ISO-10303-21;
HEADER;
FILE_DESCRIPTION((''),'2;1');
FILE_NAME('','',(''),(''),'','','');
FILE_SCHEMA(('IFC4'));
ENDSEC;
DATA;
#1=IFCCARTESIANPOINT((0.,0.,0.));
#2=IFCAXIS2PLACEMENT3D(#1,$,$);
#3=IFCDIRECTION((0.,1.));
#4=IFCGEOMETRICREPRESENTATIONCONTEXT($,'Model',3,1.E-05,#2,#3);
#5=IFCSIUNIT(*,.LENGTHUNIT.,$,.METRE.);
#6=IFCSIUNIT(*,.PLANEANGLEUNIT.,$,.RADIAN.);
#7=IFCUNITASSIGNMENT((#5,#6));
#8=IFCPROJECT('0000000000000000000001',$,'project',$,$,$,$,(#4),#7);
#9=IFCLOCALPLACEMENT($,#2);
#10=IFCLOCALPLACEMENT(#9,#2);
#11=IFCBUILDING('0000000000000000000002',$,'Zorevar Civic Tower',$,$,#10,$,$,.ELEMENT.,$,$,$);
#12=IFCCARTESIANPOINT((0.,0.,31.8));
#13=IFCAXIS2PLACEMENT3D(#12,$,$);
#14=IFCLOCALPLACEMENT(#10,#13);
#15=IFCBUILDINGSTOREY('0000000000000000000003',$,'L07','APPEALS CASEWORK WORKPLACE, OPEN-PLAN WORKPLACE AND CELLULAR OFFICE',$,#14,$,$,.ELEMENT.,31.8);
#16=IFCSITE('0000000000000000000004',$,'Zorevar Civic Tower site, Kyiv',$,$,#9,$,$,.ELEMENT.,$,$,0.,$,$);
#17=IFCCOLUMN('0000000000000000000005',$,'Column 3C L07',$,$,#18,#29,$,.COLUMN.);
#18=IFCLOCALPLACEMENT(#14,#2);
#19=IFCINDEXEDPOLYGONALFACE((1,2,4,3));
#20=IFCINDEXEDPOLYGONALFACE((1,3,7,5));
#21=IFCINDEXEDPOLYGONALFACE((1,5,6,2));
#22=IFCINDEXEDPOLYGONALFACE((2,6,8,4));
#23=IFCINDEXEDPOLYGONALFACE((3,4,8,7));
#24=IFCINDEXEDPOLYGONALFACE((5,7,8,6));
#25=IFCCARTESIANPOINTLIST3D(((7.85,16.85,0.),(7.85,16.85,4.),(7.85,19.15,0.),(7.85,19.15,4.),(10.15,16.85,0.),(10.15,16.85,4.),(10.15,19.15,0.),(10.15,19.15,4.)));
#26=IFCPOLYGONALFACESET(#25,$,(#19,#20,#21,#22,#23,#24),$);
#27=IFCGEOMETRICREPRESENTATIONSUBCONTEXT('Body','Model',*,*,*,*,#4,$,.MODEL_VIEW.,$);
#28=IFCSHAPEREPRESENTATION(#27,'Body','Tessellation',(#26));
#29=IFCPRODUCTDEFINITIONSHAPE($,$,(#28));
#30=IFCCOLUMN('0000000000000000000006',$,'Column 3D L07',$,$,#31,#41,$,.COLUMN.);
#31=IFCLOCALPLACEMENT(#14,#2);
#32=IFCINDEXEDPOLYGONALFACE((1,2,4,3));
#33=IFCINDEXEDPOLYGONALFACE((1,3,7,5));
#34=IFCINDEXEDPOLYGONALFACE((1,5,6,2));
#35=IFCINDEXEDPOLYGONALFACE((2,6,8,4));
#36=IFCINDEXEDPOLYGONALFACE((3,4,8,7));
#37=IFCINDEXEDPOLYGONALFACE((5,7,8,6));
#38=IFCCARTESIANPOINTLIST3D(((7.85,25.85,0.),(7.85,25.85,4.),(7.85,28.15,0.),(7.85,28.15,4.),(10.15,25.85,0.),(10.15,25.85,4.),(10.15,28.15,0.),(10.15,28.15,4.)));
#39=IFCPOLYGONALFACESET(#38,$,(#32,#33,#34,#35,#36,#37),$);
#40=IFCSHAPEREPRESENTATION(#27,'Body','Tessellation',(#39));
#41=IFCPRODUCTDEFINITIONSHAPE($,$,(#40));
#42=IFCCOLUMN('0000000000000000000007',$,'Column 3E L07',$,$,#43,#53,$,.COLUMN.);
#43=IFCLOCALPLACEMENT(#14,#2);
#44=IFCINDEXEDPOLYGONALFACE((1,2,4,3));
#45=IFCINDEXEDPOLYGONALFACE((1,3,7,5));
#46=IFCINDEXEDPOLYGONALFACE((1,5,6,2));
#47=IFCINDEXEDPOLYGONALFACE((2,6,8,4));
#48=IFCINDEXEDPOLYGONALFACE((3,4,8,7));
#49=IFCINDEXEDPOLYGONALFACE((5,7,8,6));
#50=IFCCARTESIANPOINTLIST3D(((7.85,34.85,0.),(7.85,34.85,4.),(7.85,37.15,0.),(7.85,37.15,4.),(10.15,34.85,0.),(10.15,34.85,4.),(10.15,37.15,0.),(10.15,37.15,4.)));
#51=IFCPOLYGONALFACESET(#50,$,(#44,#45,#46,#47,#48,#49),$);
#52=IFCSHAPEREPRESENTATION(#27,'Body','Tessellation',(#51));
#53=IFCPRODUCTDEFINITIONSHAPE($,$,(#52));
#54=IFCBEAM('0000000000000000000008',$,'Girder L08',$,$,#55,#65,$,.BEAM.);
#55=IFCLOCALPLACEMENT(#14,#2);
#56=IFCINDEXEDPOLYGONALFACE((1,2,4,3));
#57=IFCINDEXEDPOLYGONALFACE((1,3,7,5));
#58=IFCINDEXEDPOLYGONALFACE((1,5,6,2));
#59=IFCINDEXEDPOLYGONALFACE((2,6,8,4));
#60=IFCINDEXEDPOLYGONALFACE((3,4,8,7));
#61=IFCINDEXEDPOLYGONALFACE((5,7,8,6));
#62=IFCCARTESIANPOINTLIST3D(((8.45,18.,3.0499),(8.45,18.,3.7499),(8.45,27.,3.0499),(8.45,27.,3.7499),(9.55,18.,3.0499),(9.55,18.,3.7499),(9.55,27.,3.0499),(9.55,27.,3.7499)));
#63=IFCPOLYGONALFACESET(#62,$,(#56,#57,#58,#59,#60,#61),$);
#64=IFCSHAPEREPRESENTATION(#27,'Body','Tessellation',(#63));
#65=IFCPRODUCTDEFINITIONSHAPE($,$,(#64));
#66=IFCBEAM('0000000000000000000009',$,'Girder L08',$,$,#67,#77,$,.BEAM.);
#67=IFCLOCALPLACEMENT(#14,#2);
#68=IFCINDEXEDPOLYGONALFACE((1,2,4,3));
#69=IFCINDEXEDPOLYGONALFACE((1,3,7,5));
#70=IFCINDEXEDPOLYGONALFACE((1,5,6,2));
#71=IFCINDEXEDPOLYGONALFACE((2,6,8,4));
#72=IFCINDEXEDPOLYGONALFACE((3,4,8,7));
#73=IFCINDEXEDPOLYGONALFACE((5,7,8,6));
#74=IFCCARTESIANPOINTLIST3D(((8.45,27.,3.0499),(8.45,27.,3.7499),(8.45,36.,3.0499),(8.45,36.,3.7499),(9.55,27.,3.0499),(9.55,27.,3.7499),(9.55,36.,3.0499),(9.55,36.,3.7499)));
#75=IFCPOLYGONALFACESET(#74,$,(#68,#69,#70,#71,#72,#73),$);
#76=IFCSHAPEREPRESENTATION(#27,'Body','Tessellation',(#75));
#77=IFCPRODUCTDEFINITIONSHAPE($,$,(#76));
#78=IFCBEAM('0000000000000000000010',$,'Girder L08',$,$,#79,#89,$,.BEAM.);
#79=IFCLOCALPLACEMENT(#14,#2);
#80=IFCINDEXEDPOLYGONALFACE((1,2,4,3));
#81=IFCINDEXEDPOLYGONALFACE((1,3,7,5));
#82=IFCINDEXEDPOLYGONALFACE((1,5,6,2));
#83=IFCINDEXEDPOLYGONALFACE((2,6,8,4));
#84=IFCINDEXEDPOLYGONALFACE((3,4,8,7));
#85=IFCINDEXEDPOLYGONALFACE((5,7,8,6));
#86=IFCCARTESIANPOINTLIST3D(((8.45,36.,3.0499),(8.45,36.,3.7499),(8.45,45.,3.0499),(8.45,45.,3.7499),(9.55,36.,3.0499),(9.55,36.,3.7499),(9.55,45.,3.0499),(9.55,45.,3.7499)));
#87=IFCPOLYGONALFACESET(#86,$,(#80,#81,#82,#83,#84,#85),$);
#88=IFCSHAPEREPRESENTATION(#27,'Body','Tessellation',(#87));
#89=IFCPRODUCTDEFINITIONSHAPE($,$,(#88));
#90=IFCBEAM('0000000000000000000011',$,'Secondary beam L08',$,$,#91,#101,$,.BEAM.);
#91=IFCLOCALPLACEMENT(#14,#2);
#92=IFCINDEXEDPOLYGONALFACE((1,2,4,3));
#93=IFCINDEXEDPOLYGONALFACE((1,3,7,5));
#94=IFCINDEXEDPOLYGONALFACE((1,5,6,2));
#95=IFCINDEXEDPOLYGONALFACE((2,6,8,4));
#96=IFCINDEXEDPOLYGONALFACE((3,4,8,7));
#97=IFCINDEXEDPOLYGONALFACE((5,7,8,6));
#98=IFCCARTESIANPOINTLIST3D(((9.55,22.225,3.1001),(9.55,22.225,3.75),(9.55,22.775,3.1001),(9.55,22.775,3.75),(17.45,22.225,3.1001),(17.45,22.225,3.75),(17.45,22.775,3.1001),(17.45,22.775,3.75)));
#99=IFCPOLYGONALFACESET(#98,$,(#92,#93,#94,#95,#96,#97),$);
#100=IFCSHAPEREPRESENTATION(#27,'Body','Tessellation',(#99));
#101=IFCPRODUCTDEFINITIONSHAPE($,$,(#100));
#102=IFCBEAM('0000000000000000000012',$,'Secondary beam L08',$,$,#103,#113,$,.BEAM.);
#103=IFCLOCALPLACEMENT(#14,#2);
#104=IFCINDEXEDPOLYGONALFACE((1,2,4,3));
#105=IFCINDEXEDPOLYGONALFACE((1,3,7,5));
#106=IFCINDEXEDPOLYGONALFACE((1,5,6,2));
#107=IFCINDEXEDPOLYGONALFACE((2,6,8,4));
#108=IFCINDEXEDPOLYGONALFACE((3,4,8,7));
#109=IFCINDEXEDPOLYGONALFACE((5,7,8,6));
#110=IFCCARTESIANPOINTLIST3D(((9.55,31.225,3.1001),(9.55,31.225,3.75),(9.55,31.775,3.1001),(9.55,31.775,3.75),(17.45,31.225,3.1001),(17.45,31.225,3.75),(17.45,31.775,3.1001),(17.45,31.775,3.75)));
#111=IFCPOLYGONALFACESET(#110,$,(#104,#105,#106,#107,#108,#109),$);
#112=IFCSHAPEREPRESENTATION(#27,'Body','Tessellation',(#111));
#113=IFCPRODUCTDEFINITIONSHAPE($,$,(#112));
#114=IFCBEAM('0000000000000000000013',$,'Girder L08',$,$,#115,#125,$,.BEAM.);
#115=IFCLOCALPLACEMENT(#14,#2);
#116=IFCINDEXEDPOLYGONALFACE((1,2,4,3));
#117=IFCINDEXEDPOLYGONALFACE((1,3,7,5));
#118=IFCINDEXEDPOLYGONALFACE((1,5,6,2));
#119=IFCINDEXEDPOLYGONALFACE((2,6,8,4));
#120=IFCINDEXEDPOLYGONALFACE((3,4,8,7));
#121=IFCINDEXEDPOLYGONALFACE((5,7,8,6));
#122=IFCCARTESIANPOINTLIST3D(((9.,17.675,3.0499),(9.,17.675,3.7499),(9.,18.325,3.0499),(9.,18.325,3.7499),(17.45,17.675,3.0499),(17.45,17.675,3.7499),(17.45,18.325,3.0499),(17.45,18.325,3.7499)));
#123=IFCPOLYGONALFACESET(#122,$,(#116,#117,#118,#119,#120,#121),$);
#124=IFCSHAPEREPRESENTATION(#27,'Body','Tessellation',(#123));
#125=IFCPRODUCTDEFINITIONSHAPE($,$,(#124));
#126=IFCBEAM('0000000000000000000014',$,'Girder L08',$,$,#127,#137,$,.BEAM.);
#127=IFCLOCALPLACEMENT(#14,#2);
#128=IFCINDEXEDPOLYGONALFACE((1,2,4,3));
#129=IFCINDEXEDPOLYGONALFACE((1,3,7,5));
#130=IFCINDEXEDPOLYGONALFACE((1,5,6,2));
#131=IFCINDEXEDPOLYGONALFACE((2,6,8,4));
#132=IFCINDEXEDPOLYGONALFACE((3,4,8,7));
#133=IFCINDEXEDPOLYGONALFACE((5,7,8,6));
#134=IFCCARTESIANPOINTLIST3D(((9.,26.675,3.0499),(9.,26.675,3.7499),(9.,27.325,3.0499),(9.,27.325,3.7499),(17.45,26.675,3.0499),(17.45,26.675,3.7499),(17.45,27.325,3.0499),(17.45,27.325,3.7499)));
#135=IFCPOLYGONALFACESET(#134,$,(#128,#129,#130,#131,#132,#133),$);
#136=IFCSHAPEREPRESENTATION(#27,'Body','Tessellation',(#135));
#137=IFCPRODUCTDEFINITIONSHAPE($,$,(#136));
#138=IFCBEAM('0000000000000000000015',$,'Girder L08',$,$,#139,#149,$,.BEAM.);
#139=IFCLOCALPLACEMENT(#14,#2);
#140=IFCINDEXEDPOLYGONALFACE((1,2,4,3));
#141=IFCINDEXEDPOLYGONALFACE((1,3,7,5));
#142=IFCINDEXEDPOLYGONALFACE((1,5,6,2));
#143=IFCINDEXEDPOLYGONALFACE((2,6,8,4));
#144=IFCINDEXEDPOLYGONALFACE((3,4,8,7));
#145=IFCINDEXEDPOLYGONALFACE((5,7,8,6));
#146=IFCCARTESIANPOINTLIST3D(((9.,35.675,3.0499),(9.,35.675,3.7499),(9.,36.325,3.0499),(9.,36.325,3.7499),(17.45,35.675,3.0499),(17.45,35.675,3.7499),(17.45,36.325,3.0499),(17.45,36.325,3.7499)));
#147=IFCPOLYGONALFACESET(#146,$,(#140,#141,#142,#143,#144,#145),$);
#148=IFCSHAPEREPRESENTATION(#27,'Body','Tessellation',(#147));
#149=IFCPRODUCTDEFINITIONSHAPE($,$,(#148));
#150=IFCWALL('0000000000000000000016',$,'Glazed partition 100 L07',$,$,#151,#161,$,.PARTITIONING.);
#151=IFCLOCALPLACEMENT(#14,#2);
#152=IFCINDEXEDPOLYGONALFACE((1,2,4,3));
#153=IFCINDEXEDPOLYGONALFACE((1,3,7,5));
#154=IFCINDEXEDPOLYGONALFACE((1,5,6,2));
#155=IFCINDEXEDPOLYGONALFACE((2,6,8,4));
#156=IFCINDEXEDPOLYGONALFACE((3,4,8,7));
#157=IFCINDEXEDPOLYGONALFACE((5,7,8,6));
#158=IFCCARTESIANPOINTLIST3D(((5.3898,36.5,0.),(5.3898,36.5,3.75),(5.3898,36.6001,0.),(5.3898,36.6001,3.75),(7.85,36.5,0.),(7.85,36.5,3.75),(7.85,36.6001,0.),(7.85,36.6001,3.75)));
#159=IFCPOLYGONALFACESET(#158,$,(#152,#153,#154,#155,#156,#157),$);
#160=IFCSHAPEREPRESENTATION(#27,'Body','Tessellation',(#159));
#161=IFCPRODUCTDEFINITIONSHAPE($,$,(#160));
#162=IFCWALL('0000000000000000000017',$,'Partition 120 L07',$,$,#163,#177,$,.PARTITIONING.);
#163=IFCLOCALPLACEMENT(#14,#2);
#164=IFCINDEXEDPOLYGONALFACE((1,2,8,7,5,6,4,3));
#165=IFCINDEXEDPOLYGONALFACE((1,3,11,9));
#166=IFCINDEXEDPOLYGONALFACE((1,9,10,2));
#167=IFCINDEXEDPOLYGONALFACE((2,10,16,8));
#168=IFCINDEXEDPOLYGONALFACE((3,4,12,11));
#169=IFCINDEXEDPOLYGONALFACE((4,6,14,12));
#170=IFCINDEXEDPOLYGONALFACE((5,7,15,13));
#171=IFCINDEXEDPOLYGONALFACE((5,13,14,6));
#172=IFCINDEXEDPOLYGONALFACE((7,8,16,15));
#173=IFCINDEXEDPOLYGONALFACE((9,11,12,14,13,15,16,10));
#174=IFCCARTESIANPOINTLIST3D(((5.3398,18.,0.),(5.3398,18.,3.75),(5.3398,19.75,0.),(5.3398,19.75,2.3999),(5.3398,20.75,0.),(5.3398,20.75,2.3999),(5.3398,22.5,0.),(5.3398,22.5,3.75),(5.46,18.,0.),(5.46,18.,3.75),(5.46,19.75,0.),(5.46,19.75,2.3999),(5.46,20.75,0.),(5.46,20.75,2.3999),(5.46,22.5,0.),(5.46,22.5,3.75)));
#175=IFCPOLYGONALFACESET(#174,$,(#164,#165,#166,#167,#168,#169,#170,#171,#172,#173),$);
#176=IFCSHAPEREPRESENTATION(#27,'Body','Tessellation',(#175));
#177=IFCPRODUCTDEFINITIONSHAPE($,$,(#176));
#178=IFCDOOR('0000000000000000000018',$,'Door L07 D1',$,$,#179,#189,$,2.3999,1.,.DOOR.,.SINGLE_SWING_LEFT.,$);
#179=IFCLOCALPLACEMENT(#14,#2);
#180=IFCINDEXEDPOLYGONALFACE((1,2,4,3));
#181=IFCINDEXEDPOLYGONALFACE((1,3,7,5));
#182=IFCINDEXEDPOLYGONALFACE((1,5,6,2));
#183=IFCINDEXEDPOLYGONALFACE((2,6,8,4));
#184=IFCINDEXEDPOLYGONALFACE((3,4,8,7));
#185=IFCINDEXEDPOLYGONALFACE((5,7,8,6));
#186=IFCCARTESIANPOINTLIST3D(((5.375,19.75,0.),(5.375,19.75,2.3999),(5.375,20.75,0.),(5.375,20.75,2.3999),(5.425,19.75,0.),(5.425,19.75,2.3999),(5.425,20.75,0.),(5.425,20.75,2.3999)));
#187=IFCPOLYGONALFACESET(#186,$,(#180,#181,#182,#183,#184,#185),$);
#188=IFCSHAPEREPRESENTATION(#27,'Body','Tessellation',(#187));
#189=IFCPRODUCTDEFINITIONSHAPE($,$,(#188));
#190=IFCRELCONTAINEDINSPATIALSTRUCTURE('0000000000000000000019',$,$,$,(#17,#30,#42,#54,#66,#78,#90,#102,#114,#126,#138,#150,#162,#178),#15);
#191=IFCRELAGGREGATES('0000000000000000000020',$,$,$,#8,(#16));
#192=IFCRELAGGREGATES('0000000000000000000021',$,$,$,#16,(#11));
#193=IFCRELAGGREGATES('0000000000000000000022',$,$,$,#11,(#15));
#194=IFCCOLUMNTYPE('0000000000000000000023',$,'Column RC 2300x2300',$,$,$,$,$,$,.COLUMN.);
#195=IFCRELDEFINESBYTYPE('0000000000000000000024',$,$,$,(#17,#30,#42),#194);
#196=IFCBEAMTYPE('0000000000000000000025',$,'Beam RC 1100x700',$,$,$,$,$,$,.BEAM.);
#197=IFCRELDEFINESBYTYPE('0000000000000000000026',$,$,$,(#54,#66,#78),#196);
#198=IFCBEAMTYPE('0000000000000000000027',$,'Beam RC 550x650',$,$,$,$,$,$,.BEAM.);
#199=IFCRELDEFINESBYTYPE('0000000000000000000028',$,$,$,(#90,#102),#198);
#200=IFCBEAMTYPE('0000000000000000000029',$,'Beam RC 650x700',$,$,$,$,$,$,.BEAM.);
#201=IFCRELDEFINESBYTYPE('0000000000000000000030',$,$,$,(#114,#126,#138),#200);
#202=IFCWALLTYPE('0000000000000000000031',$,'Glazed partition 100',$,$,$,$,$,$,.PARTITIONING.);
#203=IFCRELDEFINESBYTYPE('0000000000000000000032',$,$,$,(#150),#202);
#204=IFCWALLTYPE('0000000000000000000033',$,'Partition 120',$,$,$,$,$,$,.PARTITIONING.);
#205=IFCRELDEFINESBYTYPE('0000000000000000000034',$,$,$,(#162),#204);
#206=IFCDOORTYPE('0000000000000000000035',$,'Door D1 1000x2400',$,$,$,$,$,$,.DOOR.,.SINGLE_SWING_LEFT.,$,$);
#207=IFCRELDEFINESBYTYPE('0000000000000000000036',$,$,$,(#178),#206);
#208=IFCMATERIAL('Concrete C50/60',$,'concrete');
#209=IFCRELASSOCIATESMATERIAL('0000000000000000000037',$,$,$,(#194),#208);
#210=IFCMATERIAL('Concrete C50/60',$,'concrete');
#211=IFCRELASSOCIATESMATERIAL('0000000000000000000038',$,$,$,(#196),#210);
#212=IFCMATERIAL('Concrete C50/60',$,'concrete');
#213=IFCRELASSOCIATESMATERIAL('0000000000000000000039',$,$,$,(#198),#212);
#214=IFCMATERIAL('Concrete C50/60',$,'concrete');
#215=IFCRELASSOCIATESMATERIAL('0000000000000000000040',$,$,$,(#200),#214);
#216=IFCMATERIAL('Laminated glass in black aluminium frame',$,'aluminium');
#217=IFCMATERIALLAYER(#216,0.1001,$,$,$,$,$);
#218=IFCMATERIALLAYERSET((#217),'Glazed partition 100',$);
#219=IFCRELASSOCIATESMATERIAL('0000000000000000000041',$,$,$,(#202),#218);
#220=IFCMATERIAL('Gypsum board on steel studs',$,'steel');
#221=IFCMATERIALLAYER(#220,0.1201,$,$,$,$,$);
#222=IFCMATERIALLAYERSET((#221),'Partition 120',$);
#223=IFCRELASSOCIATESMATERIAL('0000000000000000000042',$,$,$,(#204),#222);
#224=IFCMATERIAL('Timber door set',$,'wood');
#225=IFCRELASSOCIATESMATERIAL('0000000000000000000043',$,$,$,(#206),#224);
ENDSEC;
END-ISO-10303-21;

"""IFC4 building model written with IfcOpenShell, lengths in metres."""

from ifc_helpers import new_model, si_unit, direction, frame, frame_2d, origin, origin_2d, place, context, subcontext, project, spatial, rectangle, extrude, material, layer, layer_set, material_profile, profile_set, type_object, element, fill, save


model = new_model("IFC4")

# Units and contexts
model_context = context("Model", 3, precision=1e-05, world=origin(), true_north=direction((0.0, 1.0)))
body_context = subcontext(model_context, "Body", "Model", "MODEL_VIEW")
ifc_project = project(units=[si_unit("LENGTHUNIT", "METRE"), si_unit("PLANEANGLEUNIT", "RADIAN")], contexts=[model_context])

# Site, building, storey
site_placement = place(None, origin())
site = spatial("IfcSite", under=ifc_project, at=site_placement, Name="Zorevar Civic Tower site, Kyiv", CompositionType="ELEMENT", RefElevation=0.0)
building_placement = place(site_placement, origin())
building = spatial("IfcBuilding", under=site, at=building_placement, Name="Zorevar Civic Tower", CompositionType="ELEMENT")
storey_placement = place(building_placement, frame((0.0, 0.0, 31.8)))
storey = spatial("IfcBuildingStorey", under=building, at=storey_placement, Name="L07", Description="APPEALS CASEWORK WORKPLACE, OPEN-PLAN WORKPLACE AND CELLULAR OFFICE", CompositionType="ELEMENT", Elevation=31.8)

# Columns
ifc_material_1 = material(Name="Concrete C50/60", Category="concrete")
ifc_material_profile_1 = material_profile(ifc_material_1, rectangle(XDim=2.3, YDim=2.3, at=origin_2d()), Name="RC 2300x2300")
ifc_profile_set_1 = profile_set([ifc_material_profile_1], Name="Concrete C50/60")
column_type = type_object("IfcColumnType", Name="Column RC 2300x2300", PredefinedType="COLUMN", material=ifc_profile_set_1)
for number, where, z_axis, x_axis, name in (
    (1, (9.0, 18.0, 0.0), (0.0, 0.0, 1.0), (1.0, 0.0, 0.0), "Column 3C L07"),
    (2, (9.0, 27.0, 0.0), (0.0, 0.0, 1.0), (1.0, 0.0, 0.0), "Column 3D L07"),
    (3, (9.0, 36.0, 0.0), (0.0, 0.0, 1.0), (1.0, 0.0, 0.0), "Column 3E L07"),
):
    element("IfcColumn", number, at=place(storey_placement, frame(where, z_axis=z_axis, x_axis=x_axis)), inside=storey, type_object=column_type, Name=name, PredefinedType="COLUMN", context=body_context, shape_type="SweptSolid", body=[
        extrude(rectangle(XDim=2.3, YDim=2.3, at=origin_2d()), origin(), (0.0, 0.0, 1.0), 4.0),
    ])

# Beams
ifc_material_2 = material(Name="Concrete C50/60", Category="concrete")
ifc_material_profile_2 = material_profile(ifc_material_2, rectangle(XDim=1.1001, YDim=0.7, at=origin_2d()), Name="RC 1100x700")
ifc_profile_set_2 = profile_set([ifc_material_profile_2], Name="Concrete C50/60")
beam_type_1 = type_object("IfcBeamType", Name="Beam RC 1100x700", PredefinedType="BEAM", material=ifc_profile_set_2)
for number, where, z_axis, x_axis, name in (
    (4, (9.0, 18.0, 3.3999), (0.0, 1.0, 0.0), (-1.0, 0.0, 0.0), "Girder L08"),
    (5, (9.0, 27.0, 3.3999), (0.0, 1.0, 0.0), (-1.0, 0.0, 0.0), "Girder L08"),
    (6, (9.0, 36.0, 3.3999), (0.0, 1.0, 0.0), (-1.0, 0.0, 0.0), "Girder L08"),
):
    element("IfcBeam", number, at=place(storey_placement, frame(where, z_axis=z_axis, x_axis=x_axis)), inside=storey, type_object=beam_type_1, Name=name, PredefinedType="BEAM", context=body_context, shape_type="SweptSolid", body=[
        extrude(rectangle(XDim=1.1001, YDim=0.7, at=origin_2d()), origin(), (0.0, 0.0, 1.0), 9.0),
    ])
ifc_material_3 = material(Name="Concrete C50/60", Category="concrete")
ifc_material_profile_3 = material_profile(ifc_material_3, rectangle(XDim=0.55, YDim=0.6499, at=origin_2d()), Name="RC 550x650")
ifc_profile_set_3 = profile_set([ifc_material_profile_3], Name="Concrete C50/60")
beam_type_2 = type_object("IfcBeamType", Name="Beam RC 550x650", PredefinedType="BEAM", material=ifc_profile_set_3)
for number, where, z_axis, x_axis, name in (
    (7, (9.55, 22.5, 3.425), (1.0, 0.0, 0.0), (0.0, 1.0, 0.0), "Secondary beam L08"),
    (8, (9.55, 31.5, 3.425), (1.0, 0.0, 0.0), (0.0, 1.0, 0.0), "Secondary beam L08"),
):
    element("IfcBeam", number, at=place(storey_placement, frame(where, z_axis=z_axis, x_axis=x_axis)), inside=storey, type_object=beam_type_2, Name=name, PredefinedType="BEAM", context=body_context, shape_type="SweptSolid", body=[
        extrude(rectangle(XDim=0.55, YDim=0.6499, at=origin_2d()), origin(), (0.0, 0.0, 1.0), 7.8999),
    ])
ifc_material_4 = material(Name="Concrete C50/60", Category="concrete")
ifc_material_profile_4 = material_profile(ifc_material_4, rectangle(XDim=0.6499, YDim=0.7, at=origin_2d()), Name="RC 650x700")
ifc_profile_set_4 = profile_set([ifc_material_profile_4], Name="Concrete C50/60")
beam_type_3 = type_object("IfcBeamType", Name="Beam RC 650x700", PredefinedType="BEAM", material=ifc_profile_set_4)
for number, where, z_axis, x_axis, name in (
    (9, (9.0, 18.0, 3.3999), (1.0, 0.0, 0.0), (0.0, 1.0, 0.0), "Girder L08"),
    (10, (9.0, 27.0, 3.3999), (1.0, 0.0, 0.0), (0.0, 1.0, 0.0), "Girder L08"),
    (11, (9.0, 36.0, 3.3999), (1.0, 0.0, 0.0), (0.0, 1.0, 0.0), "Girder L08"),
):
    element("IfcBeam", number, at=place(storey_placement, frame(where, z_axis=z_axis, x_axis=x_axis)), inside=storey, type_object=beam_type_3, Name=name, PredefinedType="BEAM", context=body_context, shape_type="SweptSolid", body=[
        extrude(rectangle(XDim=0.6499, YDim=0.7, at=origin_2d()), origin(), (0.0, 0.0, 1.0), 8.45),
    ])

# Wall
ifc_material_5 = material(Name="Laminated glass in black aluminium frame", Category="aluminium")
ifc_layer_1 = layer(ifc_material_5, 0.1001)
ifc_layer_set_1 = layer_set([ifc_layer_1], Name="Glazed partition 100")
wall_type_1 = type_object("IfcWallType", Name="Glazed partition 100", PredefinedType="PARTITIONING", material=ifc_layer_set_1)
wall_1_placement = place(storey_placement, frame((5.3899, 36.55, 0.0), z_axis=(0.0, 0.0, 1.0), x_axis=(1.0, 0.0, 0.0)))
element("IfcWall", 12, at=wall_1_placement, inside=storey, type_object=wall_type_1, Name="Glazed partition 100 L07", PredefinedType="PARTITIONING", context=body_context, shape_type="SweptSolid", body=[
    extrude(rectangle(XDim=2.4602, YDim=0.1001, at=frame_2d((1.23, 0.0))), origin(), (0.0, 0.0, 1.0), 3.75),
])

# Wall, opening, door
ifc_material_6 = material(Name="Gypsum board on steel studs", Category="steel")
ifc_layer_2 = layer(ifc_material_6, 0.1201)
ifc_layer_set_2 = layer_set([ifc_layer_2], Name="Partition 120")
wall_type_2 = type_object("IfcWallType", Name="Partition 120", PredefinedType="PARTITIONING", material=ifc_layer_set_2)
wall_2_placement = place(storey_placement, frame((5.3999, 18.0, 0.0), z_axis=(0.0, 0.0, 1.0), x_axis=(0.0, 1.0, 0.0)))
wall_2 = element("IfcWall", 13, at=wall_2_placement, inside=storey, type_object=wall_type_2, Name="Partition 120 L07", PredefinedType="PARTITIONING", context=body_context, shape_type="SweptSolid", body=[
    extrude(rectangle(XDim=4.5, YDim=0.1201, at=frame_2d((2.25, 0.0))), origin(), (0.0, 0.0, 1.0), 3.75),
])
opening_1_placement = place(wall_2_placement, frame((1.75, 0.0, 0.0)))
opening_1 = element("IfcOpeningElement", 14, at=opening_1_placement, cuts=wall_2, PredefinedType="OPENING", context=body_context, shape_type="SweptSolid", body=[
    extrude(rectangle(XDim=1.0, YDim=2.3999, at=frame_2d((0.5, 1.2))), frame((0.0, 0.0701, 0.0), z_axis=(0.0, -1.0, 0.0), x_axis=(1.0, 0.0, 0.0)), (0.0, 0.0, 1.0), 0.1401),
])
ifc_material_7 = material(Name="Timber door set", Category="wood")
door_type = type_object("IfcDoorType", Name="Door D1 1000x2400", OperationType="SINGLE_SWING_LEFT", PredefinedType="DOOR", material=ifc_material_7)
door_1_placement = place(opening_1_placement, origin())
door_1 = element("IfcDoor", 15, at=door_1_placement, inside=storey, type_object=door_type, Name="Door L07 D1", OperationType="SINGLE_SWING_LEFT", OverallHeight=2.3999, OverallWidth=1.0, PredefinedType="DOOR", context=body_context, shape_type="SweptSolid", body=[
    extrude(rectangle(XDim=1.0, YDim=2.3999, at=frame_2d((0.5, 1.2))), frame((0.0, 0.0249, 0.0), z_axis=(0.0, -1.0, 0.0), x_axis=(1.0, 0.0, 0.0)), (0.0, 0.0, 1.0), 0.05),
])
fill(opening_1, door_1)

save(model, "model.ifc")
